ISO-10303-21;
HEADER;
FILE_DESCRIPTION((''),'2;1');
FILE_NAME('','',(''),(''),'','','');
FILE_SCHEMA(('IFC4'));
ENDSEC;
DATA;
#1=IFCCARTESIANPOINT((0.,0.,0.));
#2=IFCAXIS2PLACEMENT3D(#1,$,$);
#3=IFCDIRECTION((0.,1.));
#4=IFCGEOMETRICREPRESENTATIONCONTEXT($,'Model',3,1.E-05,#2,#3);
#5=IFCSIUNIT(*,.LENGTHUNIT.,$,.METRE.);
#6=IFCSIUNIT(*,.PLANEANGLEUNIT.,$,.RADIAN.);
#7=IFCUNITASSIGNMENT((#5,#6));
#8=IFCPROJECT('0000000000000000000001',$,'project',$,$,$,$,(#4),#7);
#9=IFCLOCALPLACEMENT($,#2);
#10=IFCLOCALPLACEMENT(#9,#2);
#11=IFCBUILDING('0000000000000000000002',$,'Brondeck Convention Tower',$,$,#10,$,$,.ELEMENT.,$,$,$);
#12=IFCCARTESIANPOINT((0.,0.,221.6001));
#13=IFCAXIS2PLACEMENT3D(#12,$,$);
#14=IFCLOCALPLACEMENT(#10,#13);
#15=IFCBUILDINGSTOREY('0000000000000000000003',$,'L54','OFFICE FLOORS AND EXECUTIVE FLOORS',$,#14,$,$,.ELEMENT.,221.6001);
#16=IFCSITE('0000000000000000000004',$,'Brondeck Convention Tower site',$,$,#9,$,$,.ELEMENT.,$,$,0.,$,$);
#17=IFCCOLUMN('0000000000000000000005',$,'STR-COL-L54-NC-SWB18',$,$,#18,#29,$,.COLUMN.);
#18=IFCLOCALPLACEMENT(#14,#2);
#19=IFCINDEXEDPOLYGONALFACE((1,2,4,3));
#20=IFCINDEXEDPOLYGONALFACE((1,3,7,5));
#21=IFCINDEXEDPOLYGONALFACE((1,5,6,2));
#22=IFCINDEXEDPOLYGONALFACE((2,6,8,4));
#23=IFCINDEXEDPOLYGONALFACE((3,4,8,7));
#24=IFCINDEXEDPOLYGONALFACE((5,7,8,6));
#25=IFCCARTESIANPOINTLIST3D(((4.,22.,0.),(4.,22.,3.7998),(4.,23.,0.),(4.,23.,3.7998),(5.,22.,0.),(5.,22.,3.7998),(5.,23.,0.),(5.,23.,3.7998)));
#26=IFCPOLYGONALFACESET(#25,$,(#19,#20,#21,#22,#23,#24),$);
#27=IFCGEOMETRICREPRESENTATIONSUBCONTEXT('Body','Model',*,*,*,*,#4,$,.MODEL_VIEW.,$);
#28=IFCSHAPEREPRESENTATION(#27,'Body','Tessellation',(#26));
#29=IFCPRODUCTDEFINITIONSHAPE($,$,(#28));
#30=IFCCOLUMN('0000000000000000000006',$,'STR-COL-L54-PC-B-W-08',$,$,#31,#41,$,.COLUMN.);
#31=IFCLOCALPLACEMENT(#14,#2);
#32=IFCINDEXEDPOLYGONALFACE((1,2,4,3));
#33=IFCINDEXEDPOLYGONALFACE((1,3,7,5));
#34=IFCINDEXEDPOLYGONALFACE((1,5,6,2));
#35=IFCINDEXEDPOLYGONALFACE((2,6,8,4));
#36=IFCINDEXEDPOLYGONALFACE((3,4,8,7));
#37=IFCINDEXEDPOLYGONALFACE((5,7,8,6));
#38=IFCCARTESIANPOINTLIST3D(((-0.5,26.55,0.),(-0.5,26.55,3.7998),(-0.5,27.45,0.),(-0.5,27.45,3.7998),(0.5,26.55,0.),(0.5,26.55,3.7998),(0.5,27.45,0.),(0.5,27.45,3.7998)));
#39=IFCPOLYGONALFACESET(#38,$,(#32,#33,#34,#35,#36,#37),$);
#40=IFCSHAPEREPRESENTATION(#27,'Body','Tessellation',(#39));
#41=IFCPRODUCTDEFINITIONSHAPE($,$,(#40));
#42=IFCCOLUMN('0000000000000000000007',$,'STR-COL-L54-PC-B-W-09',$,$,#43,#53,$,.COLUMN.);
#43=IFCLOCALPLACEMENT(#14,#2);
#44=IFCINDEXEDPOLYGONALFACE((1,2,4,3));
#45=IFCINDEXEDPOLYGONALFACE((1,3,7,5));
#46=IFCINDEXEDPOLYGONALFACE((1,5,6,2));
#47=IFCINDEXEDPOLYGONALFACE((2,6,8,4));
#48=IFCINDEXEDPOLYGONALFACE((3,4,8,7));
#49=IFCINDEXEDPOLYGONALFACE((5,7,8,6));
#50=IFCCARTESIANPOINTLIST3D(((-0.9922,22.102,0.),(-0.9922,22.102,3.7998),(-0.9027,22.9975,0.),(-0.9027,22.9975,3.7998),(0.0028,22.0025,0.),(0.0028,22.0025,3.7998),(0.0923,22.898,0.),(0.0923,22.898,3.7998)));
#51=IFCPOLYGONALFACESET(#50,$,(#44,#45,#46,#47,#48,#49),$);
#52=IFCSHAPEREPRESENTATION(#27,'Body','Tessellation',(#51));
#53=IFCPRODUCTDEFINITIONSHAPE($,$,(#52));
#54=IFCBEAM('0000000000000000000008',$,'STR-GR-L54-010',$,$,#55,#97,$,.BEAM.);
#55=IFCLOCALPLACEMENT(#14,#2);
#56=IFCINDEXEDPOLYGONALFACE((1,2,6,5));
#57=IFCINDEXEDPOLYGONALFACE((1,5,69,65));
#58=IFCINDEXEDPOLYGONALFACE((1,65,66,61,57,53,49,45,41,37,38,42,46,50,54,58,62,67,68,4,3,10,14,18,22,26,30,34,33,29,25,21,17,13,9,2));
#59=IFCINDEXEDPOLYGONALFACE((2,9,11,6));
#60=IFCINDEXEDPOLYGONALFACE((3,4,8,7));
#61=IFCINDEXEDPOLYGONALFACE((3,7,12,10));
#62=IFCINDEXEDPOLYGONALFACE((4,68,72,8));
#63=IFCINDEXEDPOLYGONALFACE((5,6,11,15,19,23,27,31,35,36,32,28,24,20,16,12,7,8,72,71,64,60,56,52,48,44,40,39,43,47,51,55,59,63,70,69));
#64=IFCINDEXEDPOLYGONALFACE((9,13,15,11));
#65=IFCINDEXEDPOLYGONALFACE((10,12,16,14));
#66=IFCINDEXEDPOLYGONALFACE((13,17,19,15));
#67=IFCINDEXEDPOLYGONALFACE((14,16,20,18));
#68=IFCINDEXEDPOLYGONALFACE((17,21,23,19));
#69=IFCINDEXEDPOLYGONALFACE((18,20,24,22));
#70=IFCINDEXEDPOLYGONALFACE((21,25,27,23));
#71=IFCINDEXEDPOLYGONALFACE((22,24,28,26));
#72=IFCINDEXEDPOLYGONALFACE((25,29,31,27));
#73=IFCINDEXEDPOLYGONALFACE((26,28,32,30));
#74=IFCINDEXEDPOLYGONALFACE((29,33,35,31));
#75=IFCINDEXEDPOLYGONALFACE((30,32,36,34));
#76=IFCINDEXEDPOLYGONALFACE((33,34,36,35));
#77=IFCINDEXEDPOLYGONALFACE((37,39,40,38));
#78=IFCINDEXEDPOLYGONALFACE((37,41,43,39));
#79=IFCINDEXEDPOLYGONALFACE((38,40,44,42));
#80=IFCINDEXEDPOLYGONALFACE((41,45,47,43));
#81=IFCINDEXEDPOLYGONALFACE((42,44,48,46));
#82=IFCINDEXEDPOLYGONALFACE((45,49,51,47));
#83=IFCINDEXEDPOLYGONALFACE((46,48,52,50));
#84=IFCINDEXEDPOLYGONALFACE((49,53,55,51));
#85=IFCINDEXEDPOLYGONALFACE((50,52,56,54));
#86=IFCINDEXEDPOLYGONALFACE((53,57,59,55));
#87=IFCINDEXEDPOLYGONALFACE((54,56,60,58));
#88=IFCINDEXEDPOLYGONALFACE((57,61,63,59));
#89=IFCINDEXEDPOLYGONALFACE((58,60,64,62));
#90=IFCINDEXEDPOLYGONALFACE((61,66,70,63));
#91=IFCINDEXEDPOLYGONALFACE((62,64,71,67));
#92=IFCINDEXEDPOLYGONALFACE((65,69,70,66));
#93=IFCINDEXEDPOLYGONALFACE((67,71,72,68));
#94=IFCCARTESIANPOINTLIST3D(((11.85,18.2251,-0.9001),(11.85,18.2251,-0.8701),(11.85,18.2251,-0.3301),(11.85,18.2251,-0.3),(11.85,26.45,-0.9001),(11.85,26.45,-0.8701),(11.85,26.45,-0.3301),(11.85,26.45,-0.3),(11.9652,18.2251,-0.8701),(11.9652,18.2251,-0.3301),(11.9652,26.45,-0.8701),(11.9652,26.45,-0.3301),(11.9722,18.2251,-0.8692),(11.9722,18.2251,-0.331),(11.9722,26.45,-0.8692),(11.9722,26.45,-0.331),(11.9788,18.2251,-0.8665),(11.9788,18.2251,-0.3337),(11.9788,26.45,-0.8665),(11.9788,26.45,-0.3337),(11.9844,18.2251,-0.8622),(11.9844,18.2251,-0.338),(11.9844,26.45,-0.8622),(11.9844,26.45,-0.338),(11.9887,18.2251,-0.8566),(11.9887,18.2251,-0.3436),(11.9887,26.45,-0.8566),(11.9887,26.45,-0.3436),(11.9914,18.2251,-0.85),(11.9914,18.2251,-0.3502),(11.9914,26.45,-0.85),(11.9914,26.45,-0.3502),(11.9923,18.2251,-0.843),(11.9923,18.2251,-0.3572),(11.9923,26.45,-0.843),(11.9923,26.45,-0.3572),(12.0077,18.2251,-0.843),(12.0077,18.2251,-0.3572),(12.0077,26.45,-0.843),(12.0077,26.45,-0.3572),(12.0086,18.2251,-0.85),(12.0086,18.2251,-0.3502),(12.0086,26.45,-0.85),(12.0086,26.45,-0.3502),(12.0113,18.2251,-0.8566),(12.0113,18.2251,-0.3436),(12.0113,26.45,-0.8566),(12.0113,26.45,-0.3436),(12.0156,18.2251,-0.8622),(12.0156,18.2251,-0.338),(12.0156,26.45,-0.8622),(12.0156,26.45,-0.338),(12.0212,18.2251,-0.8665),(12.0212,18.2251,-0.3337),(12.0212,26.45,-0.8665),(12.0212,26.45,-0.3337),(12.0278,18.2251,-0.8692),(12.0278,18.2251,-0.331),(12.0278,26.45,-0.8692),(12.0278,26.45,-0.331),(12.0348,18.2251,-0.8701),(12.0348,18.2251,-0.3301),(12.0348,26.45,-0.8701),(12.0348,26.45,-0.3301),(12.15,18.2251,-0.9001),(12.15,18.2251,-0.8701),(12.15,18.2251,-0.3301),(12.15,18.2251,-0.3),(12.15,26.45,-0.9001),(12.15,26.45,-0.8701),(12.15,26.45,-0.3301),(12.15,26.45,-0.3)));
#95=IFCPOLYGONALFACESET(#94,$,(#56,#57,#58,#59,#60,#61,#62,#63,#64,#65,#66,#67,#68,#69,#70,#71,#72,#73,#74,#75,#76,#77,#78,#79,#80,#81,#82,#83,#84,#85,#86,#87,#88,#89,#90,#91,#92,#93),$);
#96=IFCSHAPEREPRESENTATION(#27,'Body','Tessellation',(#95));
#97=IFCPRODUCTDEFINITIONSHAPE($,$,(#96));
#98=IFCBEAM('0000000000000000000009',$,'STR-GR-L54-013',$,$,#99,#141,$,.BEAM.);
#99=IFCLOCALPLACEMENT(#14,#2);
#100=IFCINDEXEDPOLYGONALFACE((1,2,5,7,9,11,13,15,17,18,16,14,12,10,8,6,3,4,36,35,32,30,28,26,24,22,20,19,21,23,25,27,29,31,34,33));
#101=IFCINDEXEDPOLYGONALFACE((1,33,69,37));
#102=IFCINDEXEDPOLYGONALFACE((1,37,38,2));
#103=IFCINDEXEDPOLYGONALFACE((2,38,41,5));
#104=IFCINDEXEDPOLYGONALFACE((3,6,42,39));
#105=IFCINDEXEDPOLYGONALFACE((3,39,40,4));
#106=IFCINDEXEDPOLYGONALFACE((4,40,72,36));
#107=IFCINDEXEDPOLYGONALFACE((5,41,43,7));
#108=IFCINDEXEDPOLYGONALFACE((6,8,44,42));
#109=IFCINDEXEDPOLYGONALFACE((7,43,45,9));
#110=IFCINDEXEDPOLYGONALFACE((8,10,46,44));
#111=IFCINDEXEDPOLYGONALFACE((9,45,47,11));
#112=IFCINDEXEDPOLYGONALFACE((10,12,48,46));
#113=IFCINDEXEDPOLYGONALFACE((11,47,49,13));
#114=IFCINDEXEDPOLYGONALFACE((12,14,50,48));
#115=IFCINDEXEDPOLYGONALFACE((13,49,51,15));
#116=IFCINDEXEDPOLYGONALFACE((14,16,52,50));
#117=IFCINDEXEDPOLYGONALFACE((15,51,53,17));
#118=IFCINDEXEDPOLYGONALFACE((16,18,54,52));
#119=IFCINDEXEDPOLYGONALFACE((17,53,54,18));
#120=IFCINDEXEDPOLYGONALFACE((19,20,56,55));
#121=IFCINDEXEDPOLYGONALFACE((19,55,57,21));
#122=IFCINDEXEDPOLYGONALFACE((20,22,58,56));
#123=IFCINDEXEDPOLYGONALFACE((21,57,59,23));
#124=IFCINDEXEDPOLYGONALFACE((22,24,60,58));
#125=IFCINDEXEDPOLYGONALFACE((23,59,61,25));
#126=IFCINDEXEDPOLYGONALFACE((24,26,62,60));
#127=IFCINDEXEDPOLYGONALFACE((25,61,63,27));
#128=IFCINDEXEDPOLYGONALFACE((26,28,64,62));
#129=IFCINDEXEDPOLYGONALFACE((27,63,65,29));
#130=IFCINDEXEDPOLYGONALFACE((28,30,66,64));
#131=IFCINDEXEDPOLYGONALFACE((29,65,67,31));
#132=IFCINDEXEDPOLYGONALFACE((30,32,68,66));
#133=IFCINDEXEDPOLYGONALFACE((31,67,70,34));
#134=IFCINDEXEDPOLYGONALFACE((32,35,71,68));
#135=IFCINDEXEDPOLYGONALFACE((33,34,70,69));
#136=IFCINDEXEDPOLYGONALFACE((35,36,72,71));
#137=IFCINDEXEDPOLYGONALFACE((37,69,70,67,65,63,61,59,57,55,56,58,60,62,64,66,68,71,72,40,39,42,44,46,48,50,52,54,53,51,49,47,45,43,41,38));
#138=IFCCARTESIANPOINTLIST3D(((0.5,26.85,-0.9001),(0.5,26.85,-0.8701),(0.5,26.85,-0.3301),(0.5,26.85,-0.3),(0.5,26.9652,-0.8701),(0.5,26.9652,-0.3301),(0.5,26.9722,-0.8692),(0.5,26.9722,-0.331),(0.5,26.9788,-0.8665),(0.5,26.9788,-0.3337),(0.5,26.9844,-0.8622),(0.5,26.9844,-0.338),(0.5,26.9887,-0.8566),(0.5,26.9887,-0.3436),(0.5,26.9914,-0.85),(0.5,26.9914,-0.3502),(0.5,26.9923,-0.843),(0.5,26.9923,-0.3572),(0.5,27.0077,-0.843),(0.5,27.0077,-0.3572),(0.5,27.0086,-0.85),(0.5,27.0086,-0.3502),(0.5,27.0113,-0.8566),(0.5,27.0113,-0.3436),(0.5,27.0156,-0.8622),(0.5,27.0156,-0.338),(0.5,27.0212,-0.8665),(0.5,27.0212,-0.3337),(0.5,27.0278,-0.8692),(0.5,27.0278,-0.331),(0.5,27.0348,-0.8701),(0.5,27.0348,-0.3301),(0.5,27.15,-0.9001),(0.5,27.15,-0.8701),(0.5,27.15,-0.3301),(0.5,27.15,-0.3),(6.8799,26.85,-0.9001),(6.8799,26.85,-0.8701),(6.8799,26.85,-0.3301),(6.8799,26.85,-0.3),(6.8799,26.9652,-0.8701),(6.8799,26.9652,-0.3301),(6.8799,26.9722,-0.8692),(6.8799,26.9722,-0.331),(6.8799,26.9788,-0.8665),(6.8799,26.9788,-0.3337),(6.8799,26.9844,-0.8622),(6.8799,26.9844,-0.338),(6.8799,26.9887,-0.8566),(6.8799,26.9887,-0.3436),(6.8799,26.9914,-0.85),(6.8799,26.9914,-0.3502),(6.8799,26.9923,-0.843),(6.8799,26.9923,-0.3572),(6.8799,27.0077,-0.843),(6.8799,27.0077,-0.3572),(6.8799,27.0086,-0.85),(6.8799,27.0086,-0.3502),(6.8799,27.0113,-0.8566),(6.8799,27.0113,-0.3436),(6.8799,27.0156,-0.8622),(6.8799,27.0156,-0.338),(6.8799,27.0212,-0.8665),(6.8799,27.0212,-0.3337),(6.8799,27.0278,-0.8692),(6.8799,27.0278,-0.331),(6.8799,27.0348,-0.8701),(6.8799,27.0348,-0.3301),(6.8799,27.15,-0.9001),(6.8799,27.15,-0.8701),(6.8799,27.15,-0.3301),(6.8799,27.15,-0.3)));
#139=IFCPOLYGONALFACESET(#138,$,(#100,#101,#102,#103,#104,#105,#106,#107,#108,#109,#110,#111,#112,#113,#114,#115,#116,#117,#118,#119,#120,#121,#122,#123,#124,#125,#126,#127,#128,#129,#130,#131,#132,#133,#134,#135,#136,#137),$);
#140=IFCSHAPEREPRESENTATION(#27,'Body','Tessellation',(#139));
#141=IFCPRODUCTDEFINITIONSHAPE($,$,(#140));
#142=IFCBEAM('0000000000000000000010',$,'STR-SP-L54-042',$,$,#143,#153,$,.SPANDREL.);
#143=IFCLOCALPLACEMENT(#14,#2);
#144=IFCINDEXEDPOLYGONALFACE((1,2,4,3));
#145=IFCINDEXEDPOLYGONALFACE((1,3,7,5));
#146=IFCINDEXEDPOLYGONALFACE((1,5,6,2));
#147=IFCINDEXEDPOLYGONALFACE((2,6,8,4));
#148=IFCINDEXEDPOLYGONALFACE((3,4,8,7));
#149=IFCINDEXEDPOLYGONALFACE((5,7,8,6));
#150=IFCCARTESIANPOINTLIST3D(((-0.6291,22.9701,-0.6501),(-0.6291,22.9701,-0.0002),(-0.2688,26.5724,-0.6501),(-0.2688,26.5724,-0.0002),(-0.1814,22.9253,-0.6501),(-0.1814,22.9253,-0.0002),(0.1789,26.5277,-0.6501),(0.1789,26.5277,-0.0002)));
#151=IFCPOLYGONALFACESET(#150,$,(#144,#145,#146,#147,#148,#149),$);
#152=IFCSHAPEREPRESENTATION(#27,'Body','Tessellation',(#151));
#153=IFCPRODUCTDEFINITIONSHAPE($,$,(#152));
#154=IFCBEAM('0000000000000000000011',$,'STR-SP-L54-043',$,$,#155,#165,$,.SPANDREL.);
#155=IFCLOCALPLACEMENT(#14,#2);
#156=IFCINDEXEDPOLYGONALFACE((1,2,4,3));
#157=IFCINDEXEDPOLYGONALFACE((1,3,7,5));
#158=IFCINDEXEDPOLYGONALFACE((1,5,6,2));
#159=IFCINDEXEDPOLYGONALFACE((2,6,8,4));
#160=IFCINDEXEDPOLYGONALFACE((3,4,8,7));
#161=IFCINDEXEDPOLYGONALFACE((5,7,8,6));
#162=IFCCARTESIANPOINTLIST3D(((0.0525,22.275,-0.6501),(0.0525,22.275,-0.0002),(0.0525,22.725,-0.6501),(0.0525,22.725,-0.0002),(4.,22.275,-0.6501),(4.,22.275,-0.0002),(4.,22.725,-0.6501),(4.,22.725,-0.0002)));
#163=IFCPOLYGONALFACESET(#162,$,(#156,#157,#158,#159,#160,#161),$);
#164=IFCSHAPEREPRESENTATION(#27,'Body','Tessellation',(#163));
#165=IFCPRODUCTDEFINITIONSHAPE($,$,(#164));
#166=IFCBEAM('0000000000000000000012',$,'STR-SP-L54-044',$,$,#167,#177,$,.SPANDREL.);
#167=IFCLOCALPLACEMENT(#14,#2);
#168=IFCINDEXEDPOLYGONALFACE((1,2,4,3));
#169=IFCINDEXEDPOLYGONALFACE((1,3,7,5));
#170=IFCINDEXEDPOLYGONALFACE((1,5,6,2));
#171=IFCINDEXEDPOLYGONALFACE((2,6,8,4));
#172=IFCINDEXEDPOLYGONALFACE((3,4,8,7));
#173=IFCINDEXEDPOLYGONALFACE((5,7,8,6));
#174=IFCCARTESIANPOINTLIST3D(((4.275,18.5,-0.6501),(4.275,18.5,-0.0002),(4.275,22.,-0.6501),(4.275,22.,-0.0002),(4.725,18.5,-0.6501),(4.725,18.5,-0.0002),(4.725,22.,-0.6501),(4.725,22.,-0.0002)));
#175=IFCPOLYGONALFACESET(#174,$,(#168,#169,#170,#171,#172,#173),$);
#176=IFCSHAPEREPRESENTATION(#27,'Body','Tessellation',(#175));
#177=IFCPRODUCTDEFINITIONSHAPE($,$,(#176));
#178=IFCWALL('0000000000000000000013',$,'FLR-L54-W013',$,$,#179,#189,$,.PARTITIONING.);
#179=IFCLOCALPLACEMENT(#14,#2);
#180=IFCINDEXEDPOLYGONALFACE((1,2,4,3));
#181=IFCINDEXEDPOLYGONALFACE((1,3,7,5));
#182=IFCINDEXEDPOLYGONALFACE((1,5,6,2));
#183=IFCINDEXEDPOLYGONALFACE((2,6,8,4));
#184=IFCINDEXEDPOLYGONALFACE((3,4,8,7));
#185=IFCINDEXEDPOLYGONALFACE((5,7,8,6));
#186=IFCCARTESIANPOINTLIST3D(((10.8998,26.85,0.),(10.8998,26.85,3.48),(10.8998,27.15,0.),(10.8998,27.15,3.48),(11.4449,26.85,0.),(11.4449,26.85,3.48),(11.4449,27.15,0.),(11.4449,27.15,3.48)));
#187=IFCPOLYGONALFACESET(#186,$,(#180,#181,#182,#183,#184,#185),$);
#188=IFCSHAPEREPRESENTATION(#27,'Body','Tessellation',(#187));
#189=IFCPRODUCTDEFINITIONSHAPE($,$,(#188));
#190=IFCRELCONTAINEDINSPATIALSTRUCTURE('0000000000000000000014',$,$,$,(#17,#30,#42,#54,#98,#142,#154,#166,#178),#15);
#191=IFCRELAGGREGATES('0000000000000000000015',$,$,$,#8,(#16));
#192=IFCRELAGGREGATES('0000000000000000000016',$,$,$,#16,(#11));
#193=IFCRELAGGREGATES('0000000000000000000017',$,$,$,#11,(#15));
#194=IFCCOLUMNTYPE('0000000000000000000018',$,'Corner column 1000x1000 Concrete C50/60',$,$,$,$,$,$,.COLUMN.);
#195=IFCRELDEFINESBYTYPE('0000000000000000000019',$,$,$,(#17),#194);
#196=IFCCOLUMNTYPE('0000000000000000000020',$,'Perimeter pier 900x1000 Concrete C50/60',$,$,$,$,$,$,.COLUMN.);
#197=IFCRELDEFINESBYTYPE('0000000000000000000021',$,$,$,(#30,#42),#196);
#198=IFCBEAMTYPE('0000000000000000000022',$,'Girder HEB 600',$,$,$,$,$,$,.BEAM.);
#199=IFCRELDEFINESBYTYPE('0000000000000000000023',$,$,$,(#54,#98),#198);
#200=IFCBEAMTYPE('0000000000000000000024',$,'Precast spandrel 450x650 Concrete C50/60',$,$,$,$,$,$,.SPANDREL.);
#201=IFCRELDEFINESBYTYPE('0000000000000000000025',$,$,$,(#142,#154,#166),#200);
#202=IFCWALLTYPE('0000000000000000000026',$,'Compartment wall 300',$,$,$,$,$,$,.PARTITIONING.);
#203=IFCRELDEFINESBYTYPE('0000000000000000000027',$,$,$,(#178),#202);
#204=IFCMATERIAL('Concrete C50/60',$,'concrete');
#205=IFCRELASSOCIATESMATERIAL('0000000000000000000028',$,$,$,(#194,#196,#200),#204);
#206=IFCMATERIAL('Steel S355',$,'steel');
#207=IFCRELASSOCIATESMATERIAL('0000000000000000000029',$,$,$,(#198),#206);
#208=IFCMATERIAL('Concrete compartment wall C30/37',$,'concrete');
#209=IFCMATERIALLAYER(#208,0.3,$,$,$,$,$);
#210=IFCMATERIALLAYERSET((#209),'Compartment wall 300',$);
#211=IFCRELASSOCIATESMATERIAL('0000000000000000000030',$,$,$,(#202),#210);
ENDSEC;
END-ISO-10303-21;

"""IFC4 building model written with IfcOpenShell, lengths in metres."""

from ifc_helpers import new_model, si_unit, direction, frame, frame_2d, origin, origin_2d, place, context, subcontext, project, spatial, rectangle, i_section, extrude, material, layer, layer_set, material_profile, profile_set, type_object, element, save


model = new_model("IFC4")

# Units and contexts
model_context = context("Model", 3, precision=1e-05, world=origin(), true_north=direction((0.0, 1.0)))
body_context = subcontext(model_context, "Body", "Model", "MODEL_VIEW")
ifc_project = project(units=[si_unit("LENGTHUNIT", "METRE"), si_unit("PLANEANGLEUNIT", "RADIAN")], contexts=[model_context])

# Site, building, storey
site_placement = place(None, origin())
site = spatial("IfcSite", under=ifc_project, at=site_placement, Name="Brondeck Convention Tower site", CompositionType="ELEMENT", RefElevation=0.0)
building_placement = place(site_placement, origin())
building = spatial("IfcBuilding", under=site, at=building_placement, Name="Brondeck Convention Tower", CompositionType="ELEMENT")
storey_placement = place(building_placement, frame((0.0, 0.0, 221.6001)))
storey = spatial("IfcBuildingStorey", under=building, at=storey_placement, Name="L54", Description="OFFICE FLOORS AND EXECUTIVE FLOORS", CompositionType="ELEMENT", Elevation=221.6001)

# Columns
ifc_material_1 = material(Name="Concrete C50/60", Category="concrete")
ifc_material_profile_1 = material_profile(ifc_material_1, rectangle(XDim=1.0, YDim=1.0, at=origin_2d()), Name="Corner column 1000x1000 Concrete C50/60")
ifc_profile_set_1 = profile_set([ifc_material_profile_1], Name="Concrete C50/60")
column_type_1 = type_object("IfcColumnType", Name="Corner column 1000x1000 Concrete C50/60", PredefinedType="COLUMN", material=ifc_profile_set_1)
column_placement = place(storey_placement, frame((4.5, 22.5, 0.0), z_axis=(0.0, 0.0, 1.0), x_axis=(1.0, 0.0, 0.0)))
element("IfcColumn", 1, at=column_placement, inside=storey, type_object=column_type_1, Name="STR-COL-L54-NC-SWB18", PredefinedType="COLUMN", context=body_context, shape_type="SweptSolid", body=[
    extrude(rectangle(XDim=1.0, YDim=1.0, at=origin_2d()), origin(), (0.0, 0.0, 1.0), 3.7998),
])
ifc_material_profile_2 = material_profile(ifc_material_1, rectangle(XDim=0.8999, YDim=1.0, at=origin_2d()), Name="Perimeter pier 900x1000 Concrete C50/60")
ifc_profile_set_2 = profile_set([ifc_material_profile_2], Name="Concrete C50/60")
column_type_2 = type_object("IfcColumnType", Name="Perimeter pier 900x1000 Concrete C50/60", PredefinedType="COLUMN", material=ifc_profile_set_2)
for number, where, z_axis, x_axis, name in (
    (2, (0.0, 27.0, 0.0), (0.0, 0.0, 1.0), (0.0, -1.0, 0.0), "STR-COL-L54-PC-B-W-08"),
    (3, (-0.45, 22.5, 0.0), (0.0, 0.0, 1.0), (-0.099504, -0.995037, 0.0), "STR-COL-L54-PC-B-W-09"),
):
    element("IfcColumn", number, at=place(storey_placement, frame(where, z_axis=z_axis, x_axis=x_axis)), inside=storey, type_object=column_type_2, Name=name, PredefinedType="COLUMN", context=body_context, shape_type="SweptSolid", body=[
        extrude(rectangle(XDim=0.8999, YDim=1.0, at=origin_2d()), origin(), (0.0, 0.0, 1.0), 3.7998),
    ])

# Beams
ifc_material_2 = material(Name="Steel S355", Category="steel")
ifc_material_profile_3 = material_profile(ifc_material_2, i_section(OverallWidth=0.3, OverallDepth=0.6001, WebThickness=0.0154, FlangeThickness=0.03, FilletRadius=0.0271, at=origin_2d()), Name="HEB 600")
ifc_profile_set_3 = profile_set([ifc_material_profile_3], Name="Steel S355")
beam_type_1 = type_object("IfcBeamType", Name="Girder HEB 600", PredefinedType="BEAM", material=ifc_profile_set_3)
beam_1_placement = place(storey_placement, frame((12.0, 26.45, -0.6001), z_axis=(0.0, -1.0, 0.0), x_axis=(1.0, 0.0, 0.0)))
element("IfcBeam", 4, at=beam_1_placement, inside=storey, type_object=beam_type_1, Name="STR-GR-L54-010", PredefinedType="BEAM", context=body_context, shape_type="SweptSolid", body=[
    extrude(i_section(OverallWidth=0.3, OverallDepth=0.6001, WebThickness=0.0154, FlangeThickness=0.03, FilletRadius=0.0271, at=origin_2d()), origin(), (0.0, 0.0, 1.0), 8.2249),
])
beam_2_placement = place(storey_placement, frame((0.5, 27.0, -0.6001), z_axis=(1.0, 0.0, 0.0), x_axis=(0.0, 1.0, 0.0)))
element("IfcBeam", 5, at=beam_2_placement, inside=storey, type_object=beam_type_1, Name="STR-GR-L54-013", PredefinedType="BEAM", context=body_context, shape_type="SweptSolid", body=[
    extrude(i_section(OverallWidth=0.3, OverallDepth=0.6001, WebThickness=0.0154, FlangeThickness=0.03, FilletRadius=0.0271, at=origin_2d()), origin(), (0.0, 0.0, 1.0), 6.3799),
])
ifc_material_profile_4 = material_profile(ifc_material_1, rectangle(XDim=0.45, YDim=0.6499, at=origin_2d()), Name="Precast spandrel 450x650 Concrete C50/60")
ifc_profile_set_4 = profile_set([ifc_material_profile_4], Name="Concrete C50/60")
beam_type_2 = type_object("IfcBeamType", Name="Precast spandrel 450x650 Concrete C50/60", PredefinedType="SPANDREL", material=ifc_profile_set_4)
beam_3_placement = place(storey_placement, frame((-0.0449, 26.55, -0.3252), z_axis=(-0.099537, -0.995034, 0.0), x_axis=(0.995034, -0.099537, 0.0)))
element("IfcBeam", 6, at=beam_3_placement, inside=storey, type_object=beam_type_2, Name="STR-SP-L54-042", PredefinedType="SPANDREL", context=body_context, shape_type="SweptSolid", body=[
    extrude(rectangle(XDim=0.45, YDim=0.6499, at=origin_2d()), origin(), (0.0, 0.0, 1.0), 3.6204),
])
beam_4_placement = place(storey_placement, frame((0.0525, 22.5, -0.3252), z_axis=(1.0, 0.0, 0.0), x_axis=(0.0, 1.0, 0.0)))
element("IfcBeam", 7, at=beam_4_placement, inside=storey, type_object=beam_type_2, Name="STR-SP-L54-043", PredefinedType="SPANDREL", context=body_context, shape_type="SweptSolid", body=[
    extrude(rectangle(XDim=0.45, YDim=0.6499, at=origin_2d()), origin(), (0.0, 0.0, 1.0), 3.9475),
])
beam_5_placement = place(storey_placement, frame((4.5, 22.0, -0.3252), z_axis=(0.0, -1.0, 0.0), x_axis=(1.0, 0.0, 0.0)))
element("IfcBeam", 8, at=beam_5_placement, inside=storey, type_object=beam_type_2, Name="STR-SP-L54-044", PredefinedType="SPANDREL", context=body_context, shape_type="SweptSolid", body=[
    extrude(rectangle(XDim=0.45, YDim=0.6499, at=origin_2d()), origin(), (0.0, 0.0, 1.0), 3.5),
])

# Wall
ifc_material_3 = material(Name="Concrete compartment wall C30/37", Category="concrete")
ifc_layer_1 = layer(ifc_material_3, 0.3)
ifc_layer_set_1 = layer_set([ifc_layer_1], Name="Compartment wall 300")
wall_type_1 = type_object("IfcWallType", Name="Compartment wall 300", PredefinedType="PARTITIONING", material=ifc_layer_set_1)
wall_1_placement = place(storey_placement, frame((10.8999, 27.0, 0.0), z_axis=(0.0, 0.0, 1.0), x_axis=(1.0, 0.0, 0.0)))
element("IfcWall", 9, at=wall_1_placement, inside=storey, type_object=wall_type_1, Name="FLR-L54-W013", PredefinedType="PARTITIONING", context=body_context, shape_type="SweptSolid", body=[
    extrude(rectangle(XDim=0.5452, YDim=0.3, at=frame_2d((0.2725, 0.0))), origin(), (0.0, 0.0, 1.0), 3.48),
])

save(model, "model.ifc")
